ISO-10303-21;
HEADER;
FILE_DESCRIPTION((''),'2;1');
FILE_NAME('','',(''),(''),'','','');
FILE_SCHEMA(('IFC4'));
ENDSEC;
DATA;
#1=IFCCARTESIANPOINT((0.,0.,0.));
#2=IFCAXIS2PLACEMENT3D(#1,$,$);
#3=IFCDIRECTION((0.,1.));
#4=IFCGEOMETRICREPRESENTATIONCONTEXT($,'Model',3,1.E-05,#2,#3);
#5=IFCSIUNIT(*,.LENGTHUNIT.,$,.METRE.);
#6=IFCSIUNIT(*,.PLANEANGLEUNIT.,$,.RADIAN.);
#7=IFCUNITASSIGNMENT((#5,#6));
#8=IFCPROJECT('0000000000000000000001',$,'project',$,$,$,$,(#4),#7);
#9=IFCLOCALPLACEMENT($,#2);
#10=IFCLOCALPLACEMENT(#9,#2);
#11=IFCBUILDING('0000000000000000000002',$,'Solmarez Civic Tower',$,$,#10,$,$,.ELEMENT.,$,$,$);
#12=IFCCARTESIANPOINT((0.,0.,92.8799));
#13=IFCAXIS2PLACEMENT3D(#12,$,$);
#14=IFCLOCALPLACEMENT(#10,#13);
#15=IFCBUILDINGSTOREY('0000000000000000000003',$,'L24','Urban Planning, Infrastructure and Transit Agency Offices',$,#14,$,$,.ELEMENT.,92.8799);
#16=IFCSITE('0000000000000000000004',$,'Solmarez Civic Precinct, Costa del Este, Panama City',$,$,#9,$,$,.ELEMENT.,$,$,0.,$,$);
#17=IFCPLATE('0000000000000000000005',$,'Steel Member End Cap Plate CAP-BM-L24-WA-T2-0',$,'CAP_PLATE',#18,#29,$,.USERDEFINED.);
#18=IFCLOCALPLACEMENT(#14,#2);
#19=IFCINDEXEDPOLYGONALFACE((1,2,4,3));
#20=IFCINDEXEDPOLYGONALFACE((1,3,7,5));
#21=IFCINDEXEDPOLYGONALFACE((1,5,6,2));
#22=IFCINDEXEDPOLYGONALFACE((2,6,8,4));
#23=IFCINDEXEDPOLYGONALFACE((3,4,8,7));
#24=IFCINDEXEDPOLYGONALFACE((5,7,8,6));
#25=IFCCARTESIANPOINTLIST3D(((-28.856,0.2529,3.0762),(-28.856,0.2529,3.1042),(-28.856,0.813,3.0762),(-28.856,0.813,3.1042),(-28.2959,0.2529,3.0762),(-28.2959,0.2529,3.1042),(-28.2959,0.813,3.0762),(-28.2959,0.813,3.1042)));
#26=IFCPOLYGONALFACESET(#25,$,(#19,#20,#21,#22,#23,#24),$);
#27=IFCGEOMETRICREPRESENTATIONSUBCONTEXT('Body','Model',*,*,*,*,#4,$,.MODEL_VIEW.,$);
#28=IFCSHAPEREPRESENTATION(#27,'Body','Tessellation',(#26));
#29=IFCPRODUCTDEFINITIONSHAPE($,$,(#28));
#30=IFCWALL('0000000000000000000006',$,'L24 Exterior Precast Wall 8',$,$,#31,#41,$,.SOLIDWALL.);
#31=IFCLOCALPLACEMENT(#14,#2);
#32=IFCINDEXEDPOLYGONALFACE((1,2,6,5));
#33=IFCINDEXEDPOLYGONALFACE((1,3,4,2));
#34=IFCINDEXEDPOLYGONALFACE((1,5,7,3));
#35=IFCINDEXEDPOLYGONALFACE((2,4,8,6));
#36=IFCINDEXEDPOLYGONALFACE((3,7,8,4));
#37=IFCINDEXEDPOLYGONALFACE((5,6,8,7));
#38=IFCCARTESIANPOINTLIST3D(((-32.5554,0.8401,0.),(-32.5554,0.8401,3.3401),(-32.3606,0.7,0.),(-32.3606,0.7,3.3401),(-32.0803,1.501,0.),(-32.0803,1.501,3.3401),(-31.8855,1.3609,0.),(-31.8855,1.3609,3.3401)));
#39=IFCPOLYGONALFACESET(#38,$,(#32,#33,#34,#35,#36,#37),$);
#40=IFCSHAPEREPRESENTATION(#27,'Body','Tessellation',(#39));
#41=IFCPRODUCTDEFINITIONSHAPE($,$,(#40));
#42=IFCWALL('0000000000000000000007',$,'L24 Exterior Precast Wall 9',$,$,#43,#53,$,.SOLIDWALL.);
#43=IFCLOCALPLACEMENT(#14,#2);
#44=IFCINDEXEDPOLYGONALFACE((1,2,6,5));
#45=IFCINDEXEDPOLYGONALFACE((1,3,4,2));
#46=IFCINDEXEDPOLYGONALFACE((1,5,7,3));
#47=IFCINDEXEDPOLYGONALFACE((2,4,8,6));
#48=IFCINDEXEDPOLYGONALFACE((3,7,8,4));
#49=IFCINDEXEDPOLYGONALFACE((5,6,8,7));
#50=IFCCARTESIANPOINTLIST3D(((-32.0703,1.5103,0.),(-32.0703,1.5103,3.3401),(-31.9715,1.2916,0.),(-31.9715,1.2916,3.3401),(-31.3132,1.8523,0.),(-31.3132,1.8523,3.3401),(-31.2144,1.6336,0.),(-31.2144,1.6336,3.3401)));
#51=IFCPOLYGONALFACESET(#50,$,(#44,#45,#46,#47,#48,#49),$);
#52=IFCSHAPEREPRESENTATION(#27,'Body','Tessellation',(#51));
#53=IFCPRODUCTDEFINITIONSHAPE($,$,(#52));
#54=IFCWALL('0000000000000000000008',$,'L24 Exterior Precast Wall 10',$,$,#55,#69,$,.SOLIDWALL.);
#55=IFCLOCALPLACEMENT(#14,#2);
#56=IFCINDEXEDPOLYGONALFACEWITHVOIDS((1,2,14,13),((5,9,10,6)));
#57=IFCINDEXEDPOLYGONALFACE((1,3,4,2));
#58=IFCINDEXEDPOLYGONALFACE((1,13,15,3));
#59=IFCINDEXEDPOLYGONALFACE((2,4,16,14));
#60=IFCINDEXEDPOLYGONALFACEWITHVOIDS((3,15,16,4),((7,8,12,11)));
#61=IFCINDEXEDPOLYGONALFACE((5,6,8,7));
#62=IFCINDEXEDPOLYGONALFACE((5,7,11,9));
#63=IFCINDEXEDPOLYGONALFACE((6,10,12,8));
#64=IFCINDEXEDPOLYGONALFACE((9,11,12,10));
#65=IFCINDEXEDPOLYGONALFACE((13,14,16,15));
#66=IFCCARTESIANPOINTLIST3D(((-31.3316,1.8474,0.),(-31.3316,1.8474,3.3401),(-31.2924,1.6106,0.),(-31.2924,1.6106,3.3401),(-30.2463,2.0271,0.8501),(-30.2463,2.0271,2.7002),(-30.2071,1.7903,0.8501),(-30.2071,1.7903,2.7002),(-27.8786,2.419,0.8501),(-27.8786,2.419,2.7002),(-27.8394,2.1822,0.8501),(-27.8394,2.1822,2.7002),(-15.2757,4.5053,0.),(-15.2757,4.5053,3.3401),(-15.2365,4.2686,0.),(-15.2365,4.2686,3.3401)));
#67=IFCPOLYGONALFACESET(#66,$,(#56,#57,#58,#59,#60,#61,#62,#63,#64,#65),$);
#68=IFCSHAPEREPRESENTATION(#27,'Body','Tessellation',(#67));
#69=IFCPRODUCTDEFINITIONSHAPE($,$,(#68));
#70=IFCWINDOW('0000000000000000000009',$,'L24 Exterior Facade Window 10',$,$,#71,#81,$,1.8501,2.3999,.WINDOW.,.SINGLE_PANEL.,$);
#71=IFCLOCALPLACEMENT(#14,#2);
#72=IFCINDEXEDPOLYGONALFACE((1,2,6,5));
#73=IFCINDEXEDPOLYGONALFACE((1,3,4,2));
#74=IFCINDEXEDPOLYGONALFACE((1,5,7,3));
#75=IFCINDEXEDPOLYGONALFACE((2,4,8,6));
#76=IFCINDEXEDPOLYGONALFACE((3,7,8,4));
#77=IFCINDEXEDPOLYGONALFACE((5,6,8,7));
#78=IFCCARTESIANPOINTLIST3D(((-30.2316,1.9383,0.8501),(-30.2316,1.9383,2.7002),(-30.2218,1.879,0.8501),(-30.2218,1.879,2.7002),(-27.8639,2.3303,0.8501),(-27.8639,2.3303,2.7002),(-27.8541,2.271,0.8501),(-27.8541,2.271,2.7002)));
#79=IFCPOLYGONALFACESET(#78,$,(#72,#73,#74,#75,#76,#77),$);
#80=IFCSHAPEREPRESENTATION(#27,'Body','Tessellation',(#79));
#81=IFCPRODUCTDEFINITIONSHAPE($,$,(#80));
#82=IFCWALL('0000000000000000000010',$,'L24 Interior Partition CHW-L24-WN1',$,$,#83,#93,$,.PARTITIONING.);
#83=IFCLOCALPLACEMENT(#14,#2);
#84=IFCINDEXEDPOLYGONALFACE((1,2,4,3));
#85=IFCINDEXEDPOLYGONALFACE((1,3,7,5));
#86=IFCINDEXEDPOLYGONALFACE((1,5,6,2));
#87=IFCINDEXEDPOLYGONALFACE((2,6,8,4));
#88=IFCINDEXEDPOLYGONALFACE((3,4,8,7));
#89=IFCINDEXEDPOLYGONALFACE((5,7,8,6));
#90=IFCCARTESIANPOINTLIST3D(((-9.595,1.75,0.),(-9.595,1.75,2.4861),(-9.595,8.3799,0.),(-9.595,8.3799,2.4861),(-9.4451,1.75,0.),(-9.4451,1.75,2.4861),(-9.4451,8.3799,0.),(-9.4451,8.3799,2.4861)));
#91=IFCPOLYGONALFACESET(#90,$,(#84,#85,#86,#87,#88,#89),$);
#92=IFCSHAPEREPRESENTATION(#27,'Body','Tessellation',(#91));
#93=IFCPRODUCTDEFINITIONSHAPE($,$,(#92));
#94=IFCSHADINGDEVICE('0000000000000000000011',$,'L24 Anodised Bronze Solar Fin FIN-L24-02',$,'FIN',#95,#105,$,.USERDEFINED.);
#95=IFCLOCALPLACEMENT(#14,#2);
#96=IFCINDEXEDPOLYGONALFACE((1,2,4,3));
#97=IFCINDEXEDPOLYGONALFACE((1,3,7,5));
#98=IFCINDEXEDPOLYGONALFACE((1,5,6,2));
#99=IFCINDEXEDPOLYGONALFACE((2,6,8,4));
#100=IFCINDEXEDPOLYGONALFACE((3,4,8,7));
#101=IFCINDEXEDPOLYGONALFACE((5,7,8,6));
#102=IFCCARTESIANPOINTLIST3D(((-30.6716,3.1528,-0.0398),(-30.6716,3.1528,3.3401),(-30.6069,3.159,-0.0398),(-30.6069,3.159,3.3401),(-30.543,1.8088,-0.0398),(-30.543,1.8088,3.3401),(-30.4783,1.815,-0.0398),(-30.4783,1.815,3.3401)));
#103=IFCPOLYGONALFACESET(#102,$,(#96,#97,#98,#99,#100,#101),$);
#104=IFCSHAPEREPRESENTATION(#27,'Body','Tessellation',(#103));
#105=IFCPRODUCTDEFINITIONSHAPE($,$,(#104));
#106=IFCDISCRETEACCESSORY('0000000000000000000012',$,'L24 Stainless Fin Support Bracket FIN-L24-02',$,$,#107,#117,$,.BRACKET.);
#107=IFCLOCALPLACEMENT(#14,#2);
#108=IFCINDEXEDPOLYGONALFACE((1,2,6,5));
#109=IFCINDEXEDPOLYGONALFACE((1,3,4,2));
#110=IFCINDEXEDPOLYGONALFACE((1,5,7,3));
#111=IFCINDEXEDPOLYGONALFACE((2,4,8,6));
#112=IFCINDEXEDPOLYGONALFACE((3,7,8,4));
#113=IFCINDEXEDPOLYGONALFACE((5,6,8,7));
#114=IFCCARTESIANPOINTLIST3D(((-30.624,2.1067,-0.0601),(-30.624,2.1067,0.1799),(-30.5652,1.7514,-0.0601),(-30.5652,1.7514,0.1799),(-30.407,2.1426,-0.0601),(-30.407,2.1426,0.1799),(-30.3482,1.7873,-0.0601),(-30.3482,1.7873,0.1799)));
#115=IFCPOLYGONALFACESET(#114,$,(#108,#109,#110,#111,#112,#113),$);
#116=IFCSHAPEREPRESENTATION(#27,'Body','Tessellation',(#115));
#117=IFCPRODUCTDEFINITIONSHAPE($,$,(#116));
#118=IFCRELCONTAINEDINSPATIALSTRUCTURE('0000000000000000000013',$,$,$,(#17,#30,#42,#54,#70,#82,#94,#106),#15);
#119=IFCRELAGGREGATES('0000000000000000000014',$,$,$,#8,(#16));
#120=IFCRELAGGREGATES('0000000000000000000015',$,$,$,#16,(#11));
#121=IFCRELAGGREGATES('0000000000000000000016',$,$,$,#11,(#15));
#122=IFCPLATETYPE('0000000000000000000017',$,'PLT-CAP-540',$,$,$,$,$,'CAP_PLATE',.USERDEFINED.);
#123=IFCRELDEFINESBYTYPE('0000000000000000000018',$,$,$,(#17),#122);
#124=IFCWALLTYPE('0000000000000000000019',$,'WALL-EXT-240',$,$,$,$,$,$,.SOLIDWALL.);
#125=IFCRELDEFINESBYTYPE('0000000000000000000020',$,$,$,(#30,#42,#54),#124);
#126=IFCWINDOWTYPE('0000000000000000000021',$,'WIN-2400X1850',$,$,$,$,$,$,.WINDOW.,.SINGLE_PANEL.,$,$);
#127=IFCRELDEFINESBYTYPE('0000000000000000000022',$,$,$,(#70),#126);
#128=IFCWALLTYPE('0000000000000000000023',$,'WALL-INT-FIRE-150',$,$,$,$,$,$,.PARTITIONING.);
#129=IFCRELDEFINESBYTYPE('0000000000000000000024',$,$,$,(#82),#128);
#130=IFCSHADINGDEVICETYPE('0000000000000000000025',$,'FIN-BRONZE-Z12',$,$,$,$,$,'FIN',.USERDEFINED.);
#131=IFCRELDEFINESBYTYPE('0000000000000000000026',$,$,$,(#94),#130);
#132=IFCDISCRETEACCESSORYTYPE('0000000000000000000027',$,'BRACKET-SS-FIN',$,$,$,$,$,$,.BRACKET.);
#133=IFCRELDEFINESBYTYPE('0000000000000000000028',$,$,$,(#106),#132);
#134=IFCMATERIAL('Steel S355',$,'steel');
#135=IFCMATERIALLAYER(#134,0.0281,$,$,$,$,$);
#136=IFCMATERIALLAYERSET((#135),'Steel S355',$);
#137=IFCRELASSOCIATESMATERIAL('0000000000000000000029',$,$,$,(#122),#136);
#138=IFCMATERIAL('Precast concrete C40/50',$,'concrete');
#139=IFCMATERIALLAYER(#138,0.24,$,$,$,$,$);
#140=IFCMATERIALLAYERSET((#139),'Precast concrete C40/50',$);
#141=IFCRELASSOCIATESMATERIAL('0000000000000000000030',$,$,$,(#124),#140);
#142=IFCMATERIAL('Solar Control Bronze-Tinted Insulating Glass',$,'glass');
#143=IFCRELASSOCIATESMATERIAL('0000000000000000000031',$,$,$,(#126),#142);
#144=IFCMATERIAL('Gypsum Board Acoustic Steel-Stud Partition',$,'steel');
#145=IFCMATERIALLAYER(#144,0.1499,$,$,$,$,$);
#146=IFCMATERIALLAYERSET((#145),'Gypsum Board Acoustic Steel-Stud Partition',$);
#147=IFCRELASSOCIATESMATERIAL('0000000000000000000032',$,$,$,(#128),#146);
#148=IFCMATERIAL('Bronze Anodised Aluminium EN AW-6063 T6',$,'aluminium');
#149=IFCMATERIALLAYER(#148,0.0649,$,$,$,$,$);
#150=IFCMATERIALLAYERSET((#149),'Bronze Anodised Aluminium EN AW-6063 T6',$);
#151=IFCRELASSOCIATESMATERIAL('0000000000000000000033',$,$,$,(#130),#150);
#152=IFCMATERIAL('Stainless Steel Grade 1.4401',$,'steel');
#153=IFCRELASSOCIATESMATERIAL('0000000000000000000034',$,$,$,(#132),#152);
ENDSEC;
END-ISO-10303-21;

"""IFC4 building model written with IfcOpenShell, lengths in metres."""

from ifc_helpers import new_model, si_unit, direction, frame, frame_2d, origin, origin_2d, place, context, subcontext, project, spatial, rectangle, extrude, material, layer, layer_set, type_object, element, fill, save


model = new_model("IFC4")

# Units and contexts
model_context = context("Model", 3, precision=1e-05, world=origin(), true_north=direction((0.0, 1.0)))
body_context = subcontext(model_context, "Body", "Model", "MODEL_VIEW")
ifc_project = project(units=[si_unit("LENGTHUNIT", "METRE"), si_unit("PLANEANGLEUNIT", "RADIAN")], contexts=[model_context])

# Site, building, storey
site_placement = place(None, origin())
site = spatial("IfcSite", under=ifc_project, at=site_placement, Name="Solmarez Civic Precinct, Costa del Este, Panama City", CompositionType="ELEMENT", RefElevation=0.0)
building_placement = place(site_placement, origin())
building = spatial("IfcBuilding", under=site, at=building_placement, Name="Solmarez Civic Tower", CompositionType="ELEMENT")
storey_placement = place(building_placement, frame((0.0, 0.0, 92.8799)))
storey = spatial("IfcBuildingStorey", under=building, at=storey_placement, Name="L24", Description="Urban Planning, Infrastructure and Transit Agency Offices", CompositionType="ELEMENT", Elevation=92.8799)

# Shared definitions
ifc_material_1 = material(Name="Steel S355", Category="steel")

# Plate
ifc_layer_1 = layer(ifc_material_1, 0.0281)
ifc_layer_set_1 = layer_set([ifc_layer_1], Name="Steel S355")
plate_type_1 = type_object("IfcPlateType", Name="PLT-CAP-540", ElementType="CAP_PLATE", PredefinedType="USERDEFINED", material=ifc_layer_set_1)
plate_placement = place(storey_placement, frame((-28.5759, 0.533, 3.0762), z_axis=(0.0, 0.0, 1.0), x_axis=(1.0, 0.0, 0.0)))
element("IfcPlate", 1, at=plate_placement, inside=storey, type_object=plate_type_1, Name="Steel Member End Cap Plate CAP-BM-L24-WA-T2-0", ObjectType="CAP_PLATE", PredefinedType="USERDEFINED", context=body_context, shape_type="SweptSolid", body=[
    extrude(rectangle(XDim=0.5601, YDim=0.5601, at=origin_2d()), origin(), (0.0, 0.0, 1.0), 0.0281),
])

# Walls
ifc_material_2 = material(Name="Precast concrete C40/50", Category="concrete")
ifc_layer_2 = layer(ifc_material_2, 0.24)
ifc_layer_set_2 = layer_set([ifc_layer_2], Name="Precast concrete C40/50")
wall_type_1 = type_object("IfcWallType", Name="WALL-EXT-240", PredefinedType="SOLIDWALL", material=ifc_layer_set_2)
wall_1_placement = place(storey_placement, frame((-32.458, 0.77, 0.0), z_axis=(0.0, 0.0, 1.0), x_axis=(0.583704, 0.811967, 0.0)))
element("IfcWall", 2, at=wall_1_placement, inside=storey, type_object=wall_type_1, Name="L24 Exterior Precast Wall 8", PredefinedType="SOLIDWALL", context=body_context, shape_type="SweptSolid", body=[
    extrude(rectangle(XDim=0.814, YDim=0.24, at=frame_2d((0.407, 0.0))), origin(), (0.0, 0.0, 1.0), 3.3401),
])
wall_2_placement = place(storey_placement, frame((-32.021, 1.4009, 0.0), z_axis=(0.0, 0.0, 1.0), x_axis=(0.91131, 0.411721, 0.0)))
element("IfcWall", 3, at=wall_2_placement, inside=storey, type_object=wall_type_1, Name="L24 Exterior Precast Wall 9", PredefinedType="SOLIDWALL", context=body_context, shape_type="SweptSolid", body=[
    extrude(rectangle(XDim=0.8308, YDim=0.24, at=frame_2d((0.4155, 0.0))), origin(), (0.0, 0.0, 1.0), 3.3401),
])

# Wall, opening, window
wall_3_placement = place(storey_placement, frame((-31.312, 1.729, 0.0), z_axis=(0.0, 0.0, 1.0), x_axis=(0.986573, 0.163321, 0.0)))
wall_3 = element("IfcWall", 4, at=wall_3_placement, inside=storey, type_object=wall_type_1, Name="L24 Exterior Precast Wall 10", PredefinedType="SOLIDWALL", context=body_context, shape_type="SweptSolid", body=[
    extrude(rectangle(XDim=16.2744, YDim=0.24, at=frame_2d((8.1372, 0.0))), origin(), (0.0, 0.0, 1.0), 3.3401),
])
opening_placement = place(wall_3_placement, frame((1.1001, 0.0, 0.8501)))
opening = element("IfcOpeningElement", 5, at=opening_placement, cuts=wall_3, PredefinedType="OPENING", context=body_context, shape_type="SweptSolid", body=[
    extrude(rectangle(XDim=2.3999, YDim=1.8501, at=frame_2d((1.2, 0.925))), frame((0.0, 0.1299, 0.0), z_axis=(0.0, -1.0, 0.0), x_axis=(1.0, 0.0, 0.0)), (0.0, 0.0, 1.0), 0.26),
])
ifc_material_3 = material(Name="Solar Control Bronze-Tinted Insulating Glass", Category="glass")
window_type = type_object("IfcWindowType", Name="WIN-2400X1850", PartitioningType="SINGLE_PANEL", PredefinedType="WINDOW", material=ifc_material_3)
window_placement = place(opening_placement, origin())
window = element("IfcWindow", 6, at=window_placement, inside=storey, type_object=window_type, Name="L24 Exterior Facade Window 10", OverallHeight=1.8501, OverallWidth=2.3999, PartitioningType="SINGLE_PANEL", PredefinedType="WINDOW", context=body_context, shape_type="SweptSolid", body=[
    extrude(rectangle(XDim=2.3999, YDim=1.8501, at=frame_2d((1.2, 0.925))), frame((0.0, 0.03, 0.0), z_axis=(0.0, -1.0, 0.0), x_axis=(1.0, 0.0, 0.0)), (0.0, 0.0, 1.0), 0.0601),
])
fill(opening, window)

# Wall
ifc_material_4 = material(Name="Gypsum Board Acoustic Steel-Stud Partition", Category="steel")
ifc_layer_3 = layer(ifc_material_4, 0.1499)
ifc_layer_set_3 = layer_set([ifc_layer_3], Name="Gypsum Board Acoustic Steel-Stud Partition")
wall_type_2 = type_object("IfcWallType", Name="WALL-INT-FIRE-150", PredefinedType="PARTITIONING", material=ifc_layer_set_3)
wall_4_placement = place(storey_placement, frame((-9.52, 1.75, 0.0), z_axis=(0.0, 0.0, 1.0), x_axis=(0.0, 1.0, 0.0)))
element("IfcWall", 7, at=wall_4_placement, inside=storey, type_object=wall_type_2, Name="L24 Interior Partition CHW-L24-WN1", PredefinedType="PARTITIONING", context=body_context, shape_type="SweptSolid", body=[
    extrude(rectangle(XDim=6.6299, YDim=0.1499, at=frame_2d((3.3149, 0.0))), origin(), (0.0, 0.0, 1.0), 2.4861),
])

# Shading device
ifc_material_5 = material(Name="Bronze Anodised Aluminium EN AW-6063 T6", Category="aluminium")
ifc_layer_4 = layer(ifc_material_5, 0.0649)
ifc_layer_set_4 = layer_set([ifc_layer_4], Name="Bronze Anodised Aluminium EN AW-6063 T6")
shading_device_type = type_object("IfcShadingDeviceType", Name="FIN-BRONZE-Z12", ElementType="FIN", PredefinedType="USERDEFINED", material=ifc_layer_set_4)
shading_device_placement = place(storey_placement, frame((-30.575, 2.4839, -0.0398), z_axis=(0.0, 0.0, 1.0), x_axis=(-0.095238, 0.995455, 0.0)))
element("IfcShadingDevice", 8, at=shading_device_placement, inside=storey, type_object=shading_device_type, Name="L24 Anodised Bronze Solar Fin FIN-L24-02", ObjectType="FIN", PredefinedType="USERDEFINED", context=body_context, shape_type="SweptSolid", body=[
    extrude(rectangle(XDim=1.3501, YDim=0.0649, at=origin_2d()), origin(), (0.0, 0.0, 1.0), 3.3799),
])

# Discrete accessory
ifc_material_6 = material(Name="Stainless Steel Grade 1.4401", Category="steel")
discrete_accessory_type = type_object("IfcDiscreteAccessoryType", Name="BRACKET-SS-FIN", PredefinedType="BRACKET", material=ifc_material_6)
discrete_accessory_placement = place(storey_placement, frame((-30.4861, 1.947, -0.0601), z_axis=(0.0, 0.0, 1.0), x_axis=(-0.163315, 0.986574, 0.0)))
element("IfcDiscreteAccessory", 9, at=discrete_accessory_placement, inside=storey, type_object=discrete_accessory_type, Name="L24 Stainless Fin Support Bracket FIN-L24-02", PredefinedType="BRACKET", context=body_context, shape_type="SweptSolid", body=[
    extrude(rectangle(XDim=0.3601, YDim=0.22, at=origin_2d()), origin(), (0.0, 0.0, 1.0), 0.24),
])

save(model, "model.ifc")
